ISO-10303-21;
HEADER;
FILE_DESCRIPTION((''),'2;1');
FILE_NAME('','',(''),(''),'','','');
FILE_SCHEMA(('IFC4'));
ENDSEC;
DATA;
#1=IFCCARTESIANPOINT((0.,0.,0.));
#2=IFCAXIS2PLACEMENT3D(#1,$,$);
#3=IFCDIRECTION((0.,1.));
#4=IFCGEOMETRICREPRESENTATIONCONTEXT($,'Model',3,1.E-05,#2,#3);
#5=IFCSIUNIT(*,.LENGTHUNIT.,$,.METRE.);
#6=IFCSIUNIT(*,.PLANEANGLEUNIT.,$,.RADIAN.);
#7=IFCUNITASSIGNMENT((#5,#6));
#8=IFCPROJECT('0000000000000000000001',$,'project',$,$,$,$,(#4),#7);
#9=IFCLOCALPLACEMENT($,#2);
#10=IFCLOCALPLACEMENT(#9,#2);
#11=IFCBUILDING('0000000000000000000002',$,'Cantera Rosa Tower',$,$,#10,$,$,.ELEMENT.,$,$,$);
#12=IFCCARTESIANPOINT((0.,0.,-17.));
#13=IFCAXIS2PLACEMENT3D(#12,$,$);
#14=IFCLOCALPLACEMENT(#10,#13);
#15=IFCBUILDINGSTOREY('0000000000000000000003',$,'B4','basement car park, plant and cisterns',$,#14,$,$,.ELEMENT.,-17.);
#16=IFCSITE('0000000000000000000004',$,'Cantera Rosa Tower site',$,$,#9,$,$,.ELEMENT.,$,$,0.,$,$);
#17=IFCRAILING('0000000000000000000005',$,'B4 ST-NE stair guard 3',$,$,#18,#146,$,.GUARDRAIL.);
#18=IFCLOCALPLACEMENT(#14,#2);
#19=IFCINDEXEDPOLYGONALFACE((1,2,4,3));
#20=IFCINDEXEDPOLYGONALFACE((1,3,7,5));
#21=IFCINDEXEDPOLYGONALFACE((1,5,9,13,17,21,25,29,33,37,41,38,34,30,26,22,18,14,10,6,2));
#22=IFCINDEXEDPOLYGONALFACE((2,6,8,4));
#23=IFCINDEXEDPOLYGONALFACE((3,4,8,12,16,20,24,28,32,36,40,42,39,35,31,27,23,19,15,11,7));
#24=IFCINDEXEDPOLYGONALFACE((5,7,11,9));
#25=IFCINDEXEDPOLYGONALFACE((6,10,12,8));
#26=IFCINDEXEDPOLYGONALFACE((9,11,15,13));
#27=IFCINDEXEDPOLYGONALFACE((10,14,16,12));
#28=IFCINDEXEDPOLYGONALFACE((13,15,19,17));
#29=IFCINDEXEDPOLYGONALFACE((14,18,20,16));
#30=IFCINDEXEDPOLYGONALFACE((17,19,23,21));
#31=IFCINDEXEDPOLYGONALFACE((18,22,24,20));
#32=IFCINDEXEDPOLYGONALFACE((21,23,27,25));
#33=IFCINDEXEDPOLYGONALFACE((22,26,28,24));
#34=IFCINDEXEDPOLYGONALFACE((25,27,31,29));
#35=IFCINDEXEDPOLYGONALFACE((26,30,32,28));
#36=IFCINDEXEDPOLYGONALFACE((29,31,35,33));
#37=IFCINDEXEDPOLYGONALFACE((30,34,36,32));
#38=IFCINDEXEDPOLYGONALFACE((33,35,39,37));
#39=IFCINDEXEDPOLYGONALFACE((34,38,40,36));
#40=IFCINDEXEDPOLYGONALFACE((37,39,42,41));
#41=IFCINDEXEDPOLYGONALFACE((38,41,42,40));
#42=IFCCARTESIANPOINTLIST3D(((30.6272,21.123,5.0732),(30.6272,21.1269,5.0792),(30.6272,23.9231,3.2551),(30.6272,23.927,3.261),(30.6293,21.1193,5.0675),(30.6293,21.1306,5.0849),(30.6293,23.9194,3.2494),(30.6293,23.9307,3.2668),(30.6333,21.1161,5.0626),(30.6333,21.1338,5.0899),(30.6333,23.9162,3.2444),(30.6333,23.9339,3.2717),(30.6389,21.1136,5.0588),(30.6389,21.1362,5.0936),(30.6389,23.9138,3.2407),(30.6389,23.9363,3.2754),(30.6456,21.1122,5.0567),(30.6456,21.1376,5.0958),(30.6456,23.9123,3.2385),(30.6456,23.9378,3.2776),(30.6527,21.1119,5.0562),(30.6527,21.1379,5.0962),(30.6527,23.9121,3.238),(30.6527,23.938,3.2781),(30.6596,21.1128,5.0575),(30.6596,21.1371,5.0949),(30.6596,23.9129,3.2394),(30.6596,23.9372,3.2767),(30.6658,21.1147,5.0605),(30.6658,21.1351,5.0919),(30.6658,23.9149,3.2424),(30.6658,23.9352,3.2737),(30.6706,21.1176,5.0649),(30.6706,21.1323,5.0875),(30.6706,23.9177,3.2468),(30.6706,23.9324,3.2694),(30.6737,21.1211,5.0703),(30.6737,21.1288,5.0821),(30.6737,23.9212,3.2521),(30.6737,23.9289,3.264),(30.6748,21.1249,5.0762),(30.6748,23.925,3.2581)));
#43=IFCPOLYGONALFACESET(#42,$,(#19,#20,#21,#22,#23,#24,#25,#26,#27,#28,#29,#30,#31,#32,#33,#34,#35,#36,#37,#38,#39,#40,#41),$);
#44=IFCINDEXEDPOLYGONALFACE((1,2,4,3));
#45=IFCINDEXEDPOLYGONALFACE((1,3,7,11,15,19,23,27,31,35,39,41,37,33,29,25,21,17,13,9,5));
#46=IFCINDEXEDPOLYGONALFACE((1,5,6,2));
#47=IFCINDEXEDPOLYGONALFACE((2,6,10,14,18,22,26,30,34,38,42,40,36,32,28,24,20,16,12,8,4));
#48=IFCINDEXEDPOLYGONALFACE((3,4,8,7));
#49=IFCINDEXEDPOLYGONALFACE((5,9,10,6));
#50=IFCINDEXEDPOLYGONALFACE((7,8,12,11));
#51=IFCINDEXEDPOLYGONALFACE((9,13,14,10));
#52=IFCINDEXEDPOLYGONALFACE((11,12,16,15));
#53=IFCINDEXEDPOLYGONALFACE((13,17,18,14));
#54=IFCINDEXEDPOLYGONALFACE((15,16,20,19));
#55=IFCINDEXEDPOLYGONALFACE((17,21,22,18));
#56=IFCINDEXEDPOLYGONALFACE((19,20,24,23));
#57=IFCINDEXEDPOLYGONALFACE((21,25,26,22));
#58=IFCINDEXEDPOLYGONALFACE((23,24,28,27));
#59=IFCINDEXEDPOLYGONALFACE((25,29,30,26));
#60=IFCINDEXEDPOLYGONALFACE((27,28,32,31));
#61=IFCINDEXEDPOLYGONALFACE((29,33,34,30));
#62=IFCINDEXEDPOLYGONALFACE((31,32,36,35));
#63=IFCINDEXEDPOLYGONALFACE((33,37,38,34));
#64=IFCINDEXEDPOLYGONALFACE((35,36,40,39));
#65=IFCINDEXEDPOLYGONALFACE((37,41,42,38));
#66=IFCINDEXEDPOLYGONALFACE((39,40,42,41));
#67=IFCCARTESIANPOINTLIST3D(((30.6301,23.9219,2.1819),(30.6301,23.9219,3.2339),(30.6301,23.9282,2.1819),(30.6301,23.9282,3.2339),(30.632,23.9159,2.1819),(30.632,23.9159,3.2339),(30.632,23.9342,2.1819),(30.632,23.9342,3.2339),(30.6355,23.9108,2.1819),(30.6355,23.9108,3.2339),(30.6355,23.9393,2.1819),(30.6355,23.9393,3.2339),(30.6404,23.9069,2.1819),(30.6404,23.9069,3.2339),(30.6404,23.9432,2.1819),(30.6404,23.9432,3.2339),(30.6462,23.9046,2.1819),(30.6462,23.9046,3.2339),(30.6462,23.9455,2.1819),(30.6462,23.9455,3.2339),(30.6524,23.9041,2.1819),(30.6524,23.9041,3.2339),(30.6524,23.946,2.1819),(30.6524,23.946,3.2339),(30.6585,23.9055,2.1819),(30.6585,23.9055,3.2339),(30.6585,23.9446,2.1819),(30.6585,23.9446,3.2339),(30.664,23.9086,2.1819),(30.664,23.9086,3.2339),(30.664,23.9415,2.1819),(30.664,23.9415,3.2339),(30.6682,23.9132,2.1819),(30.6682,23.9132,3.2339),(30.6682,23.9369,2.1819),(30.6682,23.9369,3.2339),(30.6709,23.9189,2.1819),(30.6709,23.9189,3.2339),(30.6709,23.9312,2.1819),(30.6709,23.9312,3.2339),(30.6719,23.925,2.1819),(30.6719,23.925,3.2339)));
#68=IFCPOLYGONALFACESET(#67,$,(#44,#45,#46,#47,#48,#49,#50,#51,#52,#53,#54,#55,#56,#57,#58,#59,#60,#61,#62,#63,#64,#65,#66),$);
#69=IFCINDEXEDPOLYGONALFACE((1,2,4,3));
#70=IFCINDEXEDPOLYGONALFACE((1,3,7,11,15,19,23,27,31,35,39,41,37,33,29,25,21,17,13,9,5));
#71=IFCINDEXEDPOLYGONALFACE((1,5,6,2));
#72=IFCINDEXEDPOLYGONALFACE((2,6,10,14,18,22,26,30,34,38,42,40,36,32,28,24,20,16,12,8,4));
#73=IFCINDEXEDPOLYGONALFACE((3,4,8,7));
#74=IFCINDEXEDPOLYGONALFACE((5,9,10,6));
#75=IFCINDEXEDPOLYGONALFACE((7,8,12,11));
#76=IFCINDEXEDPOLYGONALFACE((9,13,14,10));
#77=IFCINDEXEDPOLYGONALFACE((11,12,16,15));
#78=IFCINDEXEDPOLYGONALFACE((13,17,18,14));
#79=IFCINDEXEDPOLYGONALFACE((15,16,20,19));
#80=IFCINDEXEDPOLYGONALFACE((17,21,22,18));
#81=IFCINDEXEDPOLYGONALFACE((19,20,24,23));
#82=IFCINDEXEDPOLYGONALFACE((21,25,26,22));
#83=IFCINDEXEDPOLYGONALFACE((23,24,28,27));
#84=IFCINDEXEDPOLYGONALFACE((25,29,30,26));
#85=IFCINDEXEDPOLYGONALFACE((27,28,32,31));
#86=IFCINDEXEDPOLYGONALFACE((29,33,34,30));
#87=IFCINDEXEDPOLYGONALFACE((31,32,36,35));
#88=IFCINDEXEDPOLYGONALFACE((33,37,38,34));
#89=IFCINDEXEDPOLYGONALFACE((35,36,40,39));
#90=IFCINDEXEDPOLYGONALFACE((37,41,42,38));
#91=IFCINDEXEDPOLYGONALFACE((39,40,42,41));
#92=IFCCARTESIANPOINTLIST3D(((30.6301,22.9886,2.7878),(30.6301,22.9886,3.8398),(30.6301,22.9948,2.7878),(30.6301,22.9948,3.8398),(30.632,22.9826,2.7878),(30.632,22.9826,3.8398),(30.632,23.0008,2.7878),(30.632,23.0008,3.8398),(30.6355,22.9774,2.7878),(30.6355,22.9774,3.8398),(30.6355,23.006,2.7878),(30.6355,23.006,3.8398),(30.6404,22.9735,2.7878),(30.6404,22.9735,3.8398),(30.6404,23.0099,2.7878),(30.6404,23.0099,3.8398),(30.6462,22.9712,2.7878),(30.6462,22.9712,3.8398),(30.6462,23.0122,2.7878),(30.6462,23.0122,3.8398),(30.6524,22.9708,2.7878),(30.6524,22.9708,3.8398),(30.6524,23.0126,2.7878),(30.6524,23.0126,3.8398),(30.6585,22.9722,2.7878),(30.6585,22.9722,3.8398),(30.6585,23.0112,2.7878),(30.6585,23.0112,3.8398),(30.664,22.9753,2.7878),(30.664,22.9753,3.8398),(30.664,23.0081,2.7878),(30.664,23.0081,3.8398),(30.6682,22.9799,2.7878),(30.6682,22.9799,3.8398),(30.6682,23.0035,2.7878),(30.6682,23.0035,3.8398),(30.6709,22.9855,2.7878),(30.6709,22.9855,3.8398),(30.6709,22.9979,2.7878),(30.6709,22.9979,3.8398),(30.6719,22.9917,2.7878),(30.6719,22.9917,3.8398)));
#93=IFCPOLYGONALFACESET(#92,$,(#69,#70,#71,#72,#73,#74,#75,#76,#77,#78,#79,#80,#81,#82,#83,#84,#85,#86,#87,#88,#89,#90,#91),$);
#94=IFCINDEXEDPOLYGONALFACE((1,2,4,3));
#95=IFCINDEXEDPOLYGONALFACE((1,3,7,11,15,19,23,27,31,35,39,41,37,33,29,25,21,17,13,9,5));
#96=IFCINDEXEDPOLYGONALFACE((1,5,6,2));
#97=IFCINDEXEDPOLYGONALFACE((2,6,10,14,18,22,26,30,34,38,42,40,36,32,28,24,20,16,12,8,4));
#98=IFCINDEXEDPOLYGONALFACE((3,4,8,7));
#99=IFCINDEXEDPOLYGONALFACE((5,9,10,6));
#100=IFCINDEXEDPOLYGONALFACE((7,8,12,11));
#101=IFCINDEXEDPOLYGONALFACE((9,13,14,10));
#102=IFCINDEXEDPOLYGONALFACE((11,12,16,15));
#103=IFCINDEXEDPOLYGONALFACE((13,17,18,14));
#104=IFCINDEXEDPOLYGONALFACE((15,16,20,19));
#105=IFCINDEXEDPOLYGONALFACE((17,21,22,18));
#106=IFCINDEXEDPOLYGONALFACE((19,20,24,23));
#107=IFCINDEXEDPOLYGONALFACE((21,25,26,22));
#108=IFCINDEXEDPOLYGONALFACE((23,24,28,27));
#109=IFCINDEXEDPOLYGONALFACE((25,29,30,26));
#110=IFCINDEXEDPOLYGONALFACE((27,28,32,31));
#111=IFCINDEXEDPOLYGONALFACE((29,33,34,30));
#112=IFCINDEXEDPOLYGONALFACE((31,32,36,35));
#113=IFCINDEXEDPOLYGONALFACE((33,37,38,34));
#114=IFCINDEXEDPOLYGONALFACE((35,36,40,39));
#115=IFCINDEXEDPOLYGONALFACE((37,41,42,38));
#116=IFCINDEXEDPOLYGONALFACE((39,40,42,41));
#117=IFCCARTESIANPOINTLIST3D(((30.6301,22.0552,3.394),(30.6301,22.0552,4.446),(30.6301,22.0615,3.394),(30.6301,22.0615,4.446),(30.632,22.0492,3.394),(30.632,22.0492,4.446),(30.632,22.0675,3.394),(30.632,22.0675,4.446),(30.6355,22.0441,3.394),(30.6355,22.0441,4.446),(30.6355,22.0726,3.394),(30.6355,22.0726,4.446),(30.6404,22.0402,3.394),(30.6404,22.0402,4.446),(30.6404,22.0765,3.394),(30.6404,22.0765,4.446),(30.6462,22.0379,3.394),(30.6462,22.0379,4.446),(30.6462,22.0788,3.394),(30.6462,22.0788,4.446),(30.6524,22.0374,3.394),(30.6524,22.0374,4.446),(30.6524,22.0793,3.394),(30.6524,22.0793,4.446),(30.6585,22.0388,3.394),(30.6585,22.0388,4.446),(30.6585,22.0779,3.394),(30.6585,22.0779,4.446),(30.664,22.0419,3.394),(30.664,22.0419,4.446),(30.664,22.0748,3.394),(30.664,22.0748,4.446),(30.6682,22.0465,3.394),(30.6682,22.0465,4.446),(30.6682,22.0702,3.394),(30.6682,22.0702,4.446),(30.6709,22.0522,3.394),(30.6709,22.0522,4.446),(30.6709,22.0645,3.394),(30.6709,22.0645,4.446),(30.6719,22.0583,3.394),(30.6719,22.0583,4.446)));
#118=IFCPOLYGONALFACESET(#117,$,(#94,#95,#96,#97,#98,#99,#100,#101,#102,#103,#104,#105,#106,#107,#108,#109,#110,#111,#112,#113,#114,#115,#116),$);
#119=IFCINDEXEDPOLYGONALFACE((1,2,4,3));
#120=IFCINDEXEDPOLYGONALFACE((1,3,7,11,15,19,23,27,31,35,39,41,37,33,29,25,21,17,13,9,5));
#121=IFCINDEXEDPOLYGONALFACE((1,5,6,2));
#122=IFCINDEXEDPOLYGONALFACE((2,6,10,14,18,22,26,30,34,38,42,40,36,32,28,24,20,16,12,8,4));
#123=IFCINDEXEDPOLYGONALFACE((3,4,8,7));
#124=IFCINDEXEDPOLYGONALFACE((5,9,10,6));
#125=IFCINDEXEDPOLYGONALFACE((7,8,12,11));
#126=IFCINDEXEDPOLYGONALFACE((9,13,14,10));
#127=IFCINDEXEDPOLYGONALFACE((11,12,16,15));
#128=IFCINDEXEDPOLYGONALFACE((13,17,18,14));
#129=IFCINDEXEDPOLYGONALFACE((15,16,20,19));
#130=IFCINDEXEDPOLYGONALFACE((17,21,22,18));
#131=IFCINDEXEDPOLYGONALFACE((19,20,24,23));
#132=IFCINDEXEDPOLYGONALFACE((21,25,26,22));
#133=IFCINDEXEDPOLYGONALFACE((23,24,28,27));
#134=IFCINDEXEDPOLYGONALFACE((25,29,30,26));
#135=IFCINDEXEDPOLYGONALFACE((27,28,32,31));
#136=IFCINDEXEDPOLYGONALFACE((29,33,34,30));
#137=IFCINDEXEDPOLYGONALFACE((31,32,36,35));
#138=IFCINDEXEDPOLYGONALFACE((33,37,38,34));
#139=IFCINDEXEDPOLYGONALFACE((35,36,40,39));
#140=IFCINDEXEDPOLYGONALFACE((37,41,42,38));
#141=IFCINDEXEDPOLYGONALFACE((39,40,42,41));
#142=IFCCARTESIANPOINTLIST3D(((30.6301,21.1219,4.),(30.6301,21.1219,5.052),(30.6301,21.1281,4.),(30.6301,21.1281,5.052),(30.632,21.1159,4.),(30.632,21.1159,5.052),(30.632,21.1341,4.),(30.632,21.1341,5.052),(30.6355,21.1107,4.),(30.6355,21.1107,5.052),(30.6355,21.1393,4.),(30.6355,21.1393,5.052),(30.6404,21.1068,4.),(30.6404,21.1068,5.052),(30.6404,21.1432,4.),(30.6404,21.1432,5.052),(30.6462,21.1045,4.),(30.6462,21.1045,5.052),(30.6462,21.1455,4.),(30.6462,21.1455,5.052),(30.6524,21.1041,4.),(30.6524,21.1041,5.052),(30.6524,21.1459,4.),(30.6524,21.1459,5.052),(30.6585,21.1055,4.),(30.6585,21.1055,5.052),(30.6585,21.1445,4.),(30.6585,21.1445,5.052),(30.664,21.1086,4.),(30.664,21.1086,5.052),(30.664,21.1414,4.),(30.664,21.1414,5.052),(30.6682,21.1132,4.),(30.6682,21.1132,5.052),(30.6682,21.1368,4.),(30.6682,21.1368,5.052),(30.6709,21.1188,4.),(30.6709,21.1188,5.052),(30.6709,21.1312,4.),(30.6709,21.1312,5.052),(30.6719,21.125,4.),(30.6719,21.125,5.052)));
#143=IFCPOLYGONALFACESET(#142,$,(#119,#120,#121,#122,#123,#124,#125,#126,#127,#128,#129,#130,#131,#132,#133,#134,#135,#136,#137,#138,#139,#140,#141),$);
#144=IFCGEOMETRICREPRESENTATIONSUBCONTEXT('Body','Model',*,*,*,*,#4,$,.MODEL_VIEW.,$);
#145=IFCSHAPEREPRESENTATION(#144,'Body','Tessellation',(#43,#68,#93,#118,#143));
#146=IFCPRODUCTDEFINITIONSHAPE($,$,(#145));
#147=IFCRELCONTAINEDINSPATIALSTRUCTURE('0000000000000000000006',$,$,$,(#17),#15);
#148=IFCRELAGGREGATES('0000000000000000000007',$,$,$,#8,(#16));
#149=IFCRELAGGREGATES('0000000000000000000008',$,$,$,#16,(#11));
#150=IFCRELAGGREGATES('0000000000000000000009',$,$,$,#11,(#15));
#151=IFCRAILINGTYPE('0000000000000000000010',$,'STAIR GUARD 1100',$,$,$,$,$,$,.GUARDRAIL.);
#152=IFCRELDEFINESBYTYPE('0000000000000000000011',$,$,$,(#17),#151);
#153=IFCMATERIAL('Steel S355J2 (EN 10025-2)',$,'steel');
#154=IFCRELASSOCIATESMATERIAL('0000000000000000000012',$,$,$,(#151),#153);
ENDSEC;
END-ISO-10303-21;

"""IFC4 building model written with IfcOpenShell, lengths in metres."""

from ifc_helpers import new_model, si_unit, direction, frame, origin, origin_2d, place, context, subcontext, project, spatial, circle, extrude, material, type_object, element, save


model = new_model("IFC4")

# Units and contexts
model_context = context("Model", 3, precision=1e-05, world=origin(), true_north=direction((0.0, 1.0)))
body_context = subcontext(model_context, "Body", "Model", "MODEL_VIEW")
ifc_project = project(units=[si_unit("LENGTHUNIT", "METRE"), si_unit("PLANEANGLEUNIT", "RADIAN")], contexts=[model_context])

# Site, building, storey
site_placement = place(None, origin())
site = spatial("IfcSite", under=ifc_project, at=site_placement, Name="Cantera Rosa Tower site", CompositionType="ELEMENT", RefElevation=0.0)
building_placement = place(site_placement, origin())
building = spatial("IfcBuilding", under=site, at=building_placement, Name="Cantera Rosa Tower", CompositionType="ELEMENT")
storey_placement = place(building_placement, frame((0.0, 0.0, -17.0)))
storey = spatial("IfcBuildingStorey", under=building, at=storey_placement, Name="B4", Description="basement car park, plant and cisterns", CompositionType="ELEMENT", Elevation=-17.0)

# Railing
ifc_material_1 = material(Name="Steel S355J2 (EN 10025-2)", Category="steel")
railing_type_1 = type_object("IfcRailingType", Name="STAIR GUARD 1100", PredefinedType="GUARDRAIL", material=ifc_material_1)
railing_1_placement = place(storey_placement, frame((30.6509, 23.925, 2.1819)))
element("IfcRailing", 1, at=railing_1_placement, inside=storey, type_object=railing_type_1, Name="B4 ST-NE stair guard 3", PredefinedType="GUARDRAIL", context=body_context, shape_type="SweptSolid", body=[
    extrude(circle(Radius=0.0239, at=origin_2d()), frame((0.0, 0.0, 1.0762), z_axis=(0.0, -0.838706, 0.544585), x_axis=(1.0, 0.0, 0.0)), (0.0, 0.0, 1.0), 3.3386),
    extrude(circle(Radius=0.021, at=origin_2d()), origin(), (0.0, 0.0, 1.0), 1.052),
    extrude(circle(Radius=0.021, at=origin_2d()), frame((0.0, -0.9333, 0.606)), (0.0, 0.0, 1.0), 1.052),
    extrude(circle(Radius=0.021, at=origin_2d()), frame((0.0, -1.8667, 1.2122)), (0.0, 0.0, 1.0), 1.052),
    extrude(circle(Radius=0.021, at=origin_2d()), frame((0.0, -2.8, 1.8181)), (0.0, 0.0, 1.0), 1.052),
])

save(model, "model.ifc")
